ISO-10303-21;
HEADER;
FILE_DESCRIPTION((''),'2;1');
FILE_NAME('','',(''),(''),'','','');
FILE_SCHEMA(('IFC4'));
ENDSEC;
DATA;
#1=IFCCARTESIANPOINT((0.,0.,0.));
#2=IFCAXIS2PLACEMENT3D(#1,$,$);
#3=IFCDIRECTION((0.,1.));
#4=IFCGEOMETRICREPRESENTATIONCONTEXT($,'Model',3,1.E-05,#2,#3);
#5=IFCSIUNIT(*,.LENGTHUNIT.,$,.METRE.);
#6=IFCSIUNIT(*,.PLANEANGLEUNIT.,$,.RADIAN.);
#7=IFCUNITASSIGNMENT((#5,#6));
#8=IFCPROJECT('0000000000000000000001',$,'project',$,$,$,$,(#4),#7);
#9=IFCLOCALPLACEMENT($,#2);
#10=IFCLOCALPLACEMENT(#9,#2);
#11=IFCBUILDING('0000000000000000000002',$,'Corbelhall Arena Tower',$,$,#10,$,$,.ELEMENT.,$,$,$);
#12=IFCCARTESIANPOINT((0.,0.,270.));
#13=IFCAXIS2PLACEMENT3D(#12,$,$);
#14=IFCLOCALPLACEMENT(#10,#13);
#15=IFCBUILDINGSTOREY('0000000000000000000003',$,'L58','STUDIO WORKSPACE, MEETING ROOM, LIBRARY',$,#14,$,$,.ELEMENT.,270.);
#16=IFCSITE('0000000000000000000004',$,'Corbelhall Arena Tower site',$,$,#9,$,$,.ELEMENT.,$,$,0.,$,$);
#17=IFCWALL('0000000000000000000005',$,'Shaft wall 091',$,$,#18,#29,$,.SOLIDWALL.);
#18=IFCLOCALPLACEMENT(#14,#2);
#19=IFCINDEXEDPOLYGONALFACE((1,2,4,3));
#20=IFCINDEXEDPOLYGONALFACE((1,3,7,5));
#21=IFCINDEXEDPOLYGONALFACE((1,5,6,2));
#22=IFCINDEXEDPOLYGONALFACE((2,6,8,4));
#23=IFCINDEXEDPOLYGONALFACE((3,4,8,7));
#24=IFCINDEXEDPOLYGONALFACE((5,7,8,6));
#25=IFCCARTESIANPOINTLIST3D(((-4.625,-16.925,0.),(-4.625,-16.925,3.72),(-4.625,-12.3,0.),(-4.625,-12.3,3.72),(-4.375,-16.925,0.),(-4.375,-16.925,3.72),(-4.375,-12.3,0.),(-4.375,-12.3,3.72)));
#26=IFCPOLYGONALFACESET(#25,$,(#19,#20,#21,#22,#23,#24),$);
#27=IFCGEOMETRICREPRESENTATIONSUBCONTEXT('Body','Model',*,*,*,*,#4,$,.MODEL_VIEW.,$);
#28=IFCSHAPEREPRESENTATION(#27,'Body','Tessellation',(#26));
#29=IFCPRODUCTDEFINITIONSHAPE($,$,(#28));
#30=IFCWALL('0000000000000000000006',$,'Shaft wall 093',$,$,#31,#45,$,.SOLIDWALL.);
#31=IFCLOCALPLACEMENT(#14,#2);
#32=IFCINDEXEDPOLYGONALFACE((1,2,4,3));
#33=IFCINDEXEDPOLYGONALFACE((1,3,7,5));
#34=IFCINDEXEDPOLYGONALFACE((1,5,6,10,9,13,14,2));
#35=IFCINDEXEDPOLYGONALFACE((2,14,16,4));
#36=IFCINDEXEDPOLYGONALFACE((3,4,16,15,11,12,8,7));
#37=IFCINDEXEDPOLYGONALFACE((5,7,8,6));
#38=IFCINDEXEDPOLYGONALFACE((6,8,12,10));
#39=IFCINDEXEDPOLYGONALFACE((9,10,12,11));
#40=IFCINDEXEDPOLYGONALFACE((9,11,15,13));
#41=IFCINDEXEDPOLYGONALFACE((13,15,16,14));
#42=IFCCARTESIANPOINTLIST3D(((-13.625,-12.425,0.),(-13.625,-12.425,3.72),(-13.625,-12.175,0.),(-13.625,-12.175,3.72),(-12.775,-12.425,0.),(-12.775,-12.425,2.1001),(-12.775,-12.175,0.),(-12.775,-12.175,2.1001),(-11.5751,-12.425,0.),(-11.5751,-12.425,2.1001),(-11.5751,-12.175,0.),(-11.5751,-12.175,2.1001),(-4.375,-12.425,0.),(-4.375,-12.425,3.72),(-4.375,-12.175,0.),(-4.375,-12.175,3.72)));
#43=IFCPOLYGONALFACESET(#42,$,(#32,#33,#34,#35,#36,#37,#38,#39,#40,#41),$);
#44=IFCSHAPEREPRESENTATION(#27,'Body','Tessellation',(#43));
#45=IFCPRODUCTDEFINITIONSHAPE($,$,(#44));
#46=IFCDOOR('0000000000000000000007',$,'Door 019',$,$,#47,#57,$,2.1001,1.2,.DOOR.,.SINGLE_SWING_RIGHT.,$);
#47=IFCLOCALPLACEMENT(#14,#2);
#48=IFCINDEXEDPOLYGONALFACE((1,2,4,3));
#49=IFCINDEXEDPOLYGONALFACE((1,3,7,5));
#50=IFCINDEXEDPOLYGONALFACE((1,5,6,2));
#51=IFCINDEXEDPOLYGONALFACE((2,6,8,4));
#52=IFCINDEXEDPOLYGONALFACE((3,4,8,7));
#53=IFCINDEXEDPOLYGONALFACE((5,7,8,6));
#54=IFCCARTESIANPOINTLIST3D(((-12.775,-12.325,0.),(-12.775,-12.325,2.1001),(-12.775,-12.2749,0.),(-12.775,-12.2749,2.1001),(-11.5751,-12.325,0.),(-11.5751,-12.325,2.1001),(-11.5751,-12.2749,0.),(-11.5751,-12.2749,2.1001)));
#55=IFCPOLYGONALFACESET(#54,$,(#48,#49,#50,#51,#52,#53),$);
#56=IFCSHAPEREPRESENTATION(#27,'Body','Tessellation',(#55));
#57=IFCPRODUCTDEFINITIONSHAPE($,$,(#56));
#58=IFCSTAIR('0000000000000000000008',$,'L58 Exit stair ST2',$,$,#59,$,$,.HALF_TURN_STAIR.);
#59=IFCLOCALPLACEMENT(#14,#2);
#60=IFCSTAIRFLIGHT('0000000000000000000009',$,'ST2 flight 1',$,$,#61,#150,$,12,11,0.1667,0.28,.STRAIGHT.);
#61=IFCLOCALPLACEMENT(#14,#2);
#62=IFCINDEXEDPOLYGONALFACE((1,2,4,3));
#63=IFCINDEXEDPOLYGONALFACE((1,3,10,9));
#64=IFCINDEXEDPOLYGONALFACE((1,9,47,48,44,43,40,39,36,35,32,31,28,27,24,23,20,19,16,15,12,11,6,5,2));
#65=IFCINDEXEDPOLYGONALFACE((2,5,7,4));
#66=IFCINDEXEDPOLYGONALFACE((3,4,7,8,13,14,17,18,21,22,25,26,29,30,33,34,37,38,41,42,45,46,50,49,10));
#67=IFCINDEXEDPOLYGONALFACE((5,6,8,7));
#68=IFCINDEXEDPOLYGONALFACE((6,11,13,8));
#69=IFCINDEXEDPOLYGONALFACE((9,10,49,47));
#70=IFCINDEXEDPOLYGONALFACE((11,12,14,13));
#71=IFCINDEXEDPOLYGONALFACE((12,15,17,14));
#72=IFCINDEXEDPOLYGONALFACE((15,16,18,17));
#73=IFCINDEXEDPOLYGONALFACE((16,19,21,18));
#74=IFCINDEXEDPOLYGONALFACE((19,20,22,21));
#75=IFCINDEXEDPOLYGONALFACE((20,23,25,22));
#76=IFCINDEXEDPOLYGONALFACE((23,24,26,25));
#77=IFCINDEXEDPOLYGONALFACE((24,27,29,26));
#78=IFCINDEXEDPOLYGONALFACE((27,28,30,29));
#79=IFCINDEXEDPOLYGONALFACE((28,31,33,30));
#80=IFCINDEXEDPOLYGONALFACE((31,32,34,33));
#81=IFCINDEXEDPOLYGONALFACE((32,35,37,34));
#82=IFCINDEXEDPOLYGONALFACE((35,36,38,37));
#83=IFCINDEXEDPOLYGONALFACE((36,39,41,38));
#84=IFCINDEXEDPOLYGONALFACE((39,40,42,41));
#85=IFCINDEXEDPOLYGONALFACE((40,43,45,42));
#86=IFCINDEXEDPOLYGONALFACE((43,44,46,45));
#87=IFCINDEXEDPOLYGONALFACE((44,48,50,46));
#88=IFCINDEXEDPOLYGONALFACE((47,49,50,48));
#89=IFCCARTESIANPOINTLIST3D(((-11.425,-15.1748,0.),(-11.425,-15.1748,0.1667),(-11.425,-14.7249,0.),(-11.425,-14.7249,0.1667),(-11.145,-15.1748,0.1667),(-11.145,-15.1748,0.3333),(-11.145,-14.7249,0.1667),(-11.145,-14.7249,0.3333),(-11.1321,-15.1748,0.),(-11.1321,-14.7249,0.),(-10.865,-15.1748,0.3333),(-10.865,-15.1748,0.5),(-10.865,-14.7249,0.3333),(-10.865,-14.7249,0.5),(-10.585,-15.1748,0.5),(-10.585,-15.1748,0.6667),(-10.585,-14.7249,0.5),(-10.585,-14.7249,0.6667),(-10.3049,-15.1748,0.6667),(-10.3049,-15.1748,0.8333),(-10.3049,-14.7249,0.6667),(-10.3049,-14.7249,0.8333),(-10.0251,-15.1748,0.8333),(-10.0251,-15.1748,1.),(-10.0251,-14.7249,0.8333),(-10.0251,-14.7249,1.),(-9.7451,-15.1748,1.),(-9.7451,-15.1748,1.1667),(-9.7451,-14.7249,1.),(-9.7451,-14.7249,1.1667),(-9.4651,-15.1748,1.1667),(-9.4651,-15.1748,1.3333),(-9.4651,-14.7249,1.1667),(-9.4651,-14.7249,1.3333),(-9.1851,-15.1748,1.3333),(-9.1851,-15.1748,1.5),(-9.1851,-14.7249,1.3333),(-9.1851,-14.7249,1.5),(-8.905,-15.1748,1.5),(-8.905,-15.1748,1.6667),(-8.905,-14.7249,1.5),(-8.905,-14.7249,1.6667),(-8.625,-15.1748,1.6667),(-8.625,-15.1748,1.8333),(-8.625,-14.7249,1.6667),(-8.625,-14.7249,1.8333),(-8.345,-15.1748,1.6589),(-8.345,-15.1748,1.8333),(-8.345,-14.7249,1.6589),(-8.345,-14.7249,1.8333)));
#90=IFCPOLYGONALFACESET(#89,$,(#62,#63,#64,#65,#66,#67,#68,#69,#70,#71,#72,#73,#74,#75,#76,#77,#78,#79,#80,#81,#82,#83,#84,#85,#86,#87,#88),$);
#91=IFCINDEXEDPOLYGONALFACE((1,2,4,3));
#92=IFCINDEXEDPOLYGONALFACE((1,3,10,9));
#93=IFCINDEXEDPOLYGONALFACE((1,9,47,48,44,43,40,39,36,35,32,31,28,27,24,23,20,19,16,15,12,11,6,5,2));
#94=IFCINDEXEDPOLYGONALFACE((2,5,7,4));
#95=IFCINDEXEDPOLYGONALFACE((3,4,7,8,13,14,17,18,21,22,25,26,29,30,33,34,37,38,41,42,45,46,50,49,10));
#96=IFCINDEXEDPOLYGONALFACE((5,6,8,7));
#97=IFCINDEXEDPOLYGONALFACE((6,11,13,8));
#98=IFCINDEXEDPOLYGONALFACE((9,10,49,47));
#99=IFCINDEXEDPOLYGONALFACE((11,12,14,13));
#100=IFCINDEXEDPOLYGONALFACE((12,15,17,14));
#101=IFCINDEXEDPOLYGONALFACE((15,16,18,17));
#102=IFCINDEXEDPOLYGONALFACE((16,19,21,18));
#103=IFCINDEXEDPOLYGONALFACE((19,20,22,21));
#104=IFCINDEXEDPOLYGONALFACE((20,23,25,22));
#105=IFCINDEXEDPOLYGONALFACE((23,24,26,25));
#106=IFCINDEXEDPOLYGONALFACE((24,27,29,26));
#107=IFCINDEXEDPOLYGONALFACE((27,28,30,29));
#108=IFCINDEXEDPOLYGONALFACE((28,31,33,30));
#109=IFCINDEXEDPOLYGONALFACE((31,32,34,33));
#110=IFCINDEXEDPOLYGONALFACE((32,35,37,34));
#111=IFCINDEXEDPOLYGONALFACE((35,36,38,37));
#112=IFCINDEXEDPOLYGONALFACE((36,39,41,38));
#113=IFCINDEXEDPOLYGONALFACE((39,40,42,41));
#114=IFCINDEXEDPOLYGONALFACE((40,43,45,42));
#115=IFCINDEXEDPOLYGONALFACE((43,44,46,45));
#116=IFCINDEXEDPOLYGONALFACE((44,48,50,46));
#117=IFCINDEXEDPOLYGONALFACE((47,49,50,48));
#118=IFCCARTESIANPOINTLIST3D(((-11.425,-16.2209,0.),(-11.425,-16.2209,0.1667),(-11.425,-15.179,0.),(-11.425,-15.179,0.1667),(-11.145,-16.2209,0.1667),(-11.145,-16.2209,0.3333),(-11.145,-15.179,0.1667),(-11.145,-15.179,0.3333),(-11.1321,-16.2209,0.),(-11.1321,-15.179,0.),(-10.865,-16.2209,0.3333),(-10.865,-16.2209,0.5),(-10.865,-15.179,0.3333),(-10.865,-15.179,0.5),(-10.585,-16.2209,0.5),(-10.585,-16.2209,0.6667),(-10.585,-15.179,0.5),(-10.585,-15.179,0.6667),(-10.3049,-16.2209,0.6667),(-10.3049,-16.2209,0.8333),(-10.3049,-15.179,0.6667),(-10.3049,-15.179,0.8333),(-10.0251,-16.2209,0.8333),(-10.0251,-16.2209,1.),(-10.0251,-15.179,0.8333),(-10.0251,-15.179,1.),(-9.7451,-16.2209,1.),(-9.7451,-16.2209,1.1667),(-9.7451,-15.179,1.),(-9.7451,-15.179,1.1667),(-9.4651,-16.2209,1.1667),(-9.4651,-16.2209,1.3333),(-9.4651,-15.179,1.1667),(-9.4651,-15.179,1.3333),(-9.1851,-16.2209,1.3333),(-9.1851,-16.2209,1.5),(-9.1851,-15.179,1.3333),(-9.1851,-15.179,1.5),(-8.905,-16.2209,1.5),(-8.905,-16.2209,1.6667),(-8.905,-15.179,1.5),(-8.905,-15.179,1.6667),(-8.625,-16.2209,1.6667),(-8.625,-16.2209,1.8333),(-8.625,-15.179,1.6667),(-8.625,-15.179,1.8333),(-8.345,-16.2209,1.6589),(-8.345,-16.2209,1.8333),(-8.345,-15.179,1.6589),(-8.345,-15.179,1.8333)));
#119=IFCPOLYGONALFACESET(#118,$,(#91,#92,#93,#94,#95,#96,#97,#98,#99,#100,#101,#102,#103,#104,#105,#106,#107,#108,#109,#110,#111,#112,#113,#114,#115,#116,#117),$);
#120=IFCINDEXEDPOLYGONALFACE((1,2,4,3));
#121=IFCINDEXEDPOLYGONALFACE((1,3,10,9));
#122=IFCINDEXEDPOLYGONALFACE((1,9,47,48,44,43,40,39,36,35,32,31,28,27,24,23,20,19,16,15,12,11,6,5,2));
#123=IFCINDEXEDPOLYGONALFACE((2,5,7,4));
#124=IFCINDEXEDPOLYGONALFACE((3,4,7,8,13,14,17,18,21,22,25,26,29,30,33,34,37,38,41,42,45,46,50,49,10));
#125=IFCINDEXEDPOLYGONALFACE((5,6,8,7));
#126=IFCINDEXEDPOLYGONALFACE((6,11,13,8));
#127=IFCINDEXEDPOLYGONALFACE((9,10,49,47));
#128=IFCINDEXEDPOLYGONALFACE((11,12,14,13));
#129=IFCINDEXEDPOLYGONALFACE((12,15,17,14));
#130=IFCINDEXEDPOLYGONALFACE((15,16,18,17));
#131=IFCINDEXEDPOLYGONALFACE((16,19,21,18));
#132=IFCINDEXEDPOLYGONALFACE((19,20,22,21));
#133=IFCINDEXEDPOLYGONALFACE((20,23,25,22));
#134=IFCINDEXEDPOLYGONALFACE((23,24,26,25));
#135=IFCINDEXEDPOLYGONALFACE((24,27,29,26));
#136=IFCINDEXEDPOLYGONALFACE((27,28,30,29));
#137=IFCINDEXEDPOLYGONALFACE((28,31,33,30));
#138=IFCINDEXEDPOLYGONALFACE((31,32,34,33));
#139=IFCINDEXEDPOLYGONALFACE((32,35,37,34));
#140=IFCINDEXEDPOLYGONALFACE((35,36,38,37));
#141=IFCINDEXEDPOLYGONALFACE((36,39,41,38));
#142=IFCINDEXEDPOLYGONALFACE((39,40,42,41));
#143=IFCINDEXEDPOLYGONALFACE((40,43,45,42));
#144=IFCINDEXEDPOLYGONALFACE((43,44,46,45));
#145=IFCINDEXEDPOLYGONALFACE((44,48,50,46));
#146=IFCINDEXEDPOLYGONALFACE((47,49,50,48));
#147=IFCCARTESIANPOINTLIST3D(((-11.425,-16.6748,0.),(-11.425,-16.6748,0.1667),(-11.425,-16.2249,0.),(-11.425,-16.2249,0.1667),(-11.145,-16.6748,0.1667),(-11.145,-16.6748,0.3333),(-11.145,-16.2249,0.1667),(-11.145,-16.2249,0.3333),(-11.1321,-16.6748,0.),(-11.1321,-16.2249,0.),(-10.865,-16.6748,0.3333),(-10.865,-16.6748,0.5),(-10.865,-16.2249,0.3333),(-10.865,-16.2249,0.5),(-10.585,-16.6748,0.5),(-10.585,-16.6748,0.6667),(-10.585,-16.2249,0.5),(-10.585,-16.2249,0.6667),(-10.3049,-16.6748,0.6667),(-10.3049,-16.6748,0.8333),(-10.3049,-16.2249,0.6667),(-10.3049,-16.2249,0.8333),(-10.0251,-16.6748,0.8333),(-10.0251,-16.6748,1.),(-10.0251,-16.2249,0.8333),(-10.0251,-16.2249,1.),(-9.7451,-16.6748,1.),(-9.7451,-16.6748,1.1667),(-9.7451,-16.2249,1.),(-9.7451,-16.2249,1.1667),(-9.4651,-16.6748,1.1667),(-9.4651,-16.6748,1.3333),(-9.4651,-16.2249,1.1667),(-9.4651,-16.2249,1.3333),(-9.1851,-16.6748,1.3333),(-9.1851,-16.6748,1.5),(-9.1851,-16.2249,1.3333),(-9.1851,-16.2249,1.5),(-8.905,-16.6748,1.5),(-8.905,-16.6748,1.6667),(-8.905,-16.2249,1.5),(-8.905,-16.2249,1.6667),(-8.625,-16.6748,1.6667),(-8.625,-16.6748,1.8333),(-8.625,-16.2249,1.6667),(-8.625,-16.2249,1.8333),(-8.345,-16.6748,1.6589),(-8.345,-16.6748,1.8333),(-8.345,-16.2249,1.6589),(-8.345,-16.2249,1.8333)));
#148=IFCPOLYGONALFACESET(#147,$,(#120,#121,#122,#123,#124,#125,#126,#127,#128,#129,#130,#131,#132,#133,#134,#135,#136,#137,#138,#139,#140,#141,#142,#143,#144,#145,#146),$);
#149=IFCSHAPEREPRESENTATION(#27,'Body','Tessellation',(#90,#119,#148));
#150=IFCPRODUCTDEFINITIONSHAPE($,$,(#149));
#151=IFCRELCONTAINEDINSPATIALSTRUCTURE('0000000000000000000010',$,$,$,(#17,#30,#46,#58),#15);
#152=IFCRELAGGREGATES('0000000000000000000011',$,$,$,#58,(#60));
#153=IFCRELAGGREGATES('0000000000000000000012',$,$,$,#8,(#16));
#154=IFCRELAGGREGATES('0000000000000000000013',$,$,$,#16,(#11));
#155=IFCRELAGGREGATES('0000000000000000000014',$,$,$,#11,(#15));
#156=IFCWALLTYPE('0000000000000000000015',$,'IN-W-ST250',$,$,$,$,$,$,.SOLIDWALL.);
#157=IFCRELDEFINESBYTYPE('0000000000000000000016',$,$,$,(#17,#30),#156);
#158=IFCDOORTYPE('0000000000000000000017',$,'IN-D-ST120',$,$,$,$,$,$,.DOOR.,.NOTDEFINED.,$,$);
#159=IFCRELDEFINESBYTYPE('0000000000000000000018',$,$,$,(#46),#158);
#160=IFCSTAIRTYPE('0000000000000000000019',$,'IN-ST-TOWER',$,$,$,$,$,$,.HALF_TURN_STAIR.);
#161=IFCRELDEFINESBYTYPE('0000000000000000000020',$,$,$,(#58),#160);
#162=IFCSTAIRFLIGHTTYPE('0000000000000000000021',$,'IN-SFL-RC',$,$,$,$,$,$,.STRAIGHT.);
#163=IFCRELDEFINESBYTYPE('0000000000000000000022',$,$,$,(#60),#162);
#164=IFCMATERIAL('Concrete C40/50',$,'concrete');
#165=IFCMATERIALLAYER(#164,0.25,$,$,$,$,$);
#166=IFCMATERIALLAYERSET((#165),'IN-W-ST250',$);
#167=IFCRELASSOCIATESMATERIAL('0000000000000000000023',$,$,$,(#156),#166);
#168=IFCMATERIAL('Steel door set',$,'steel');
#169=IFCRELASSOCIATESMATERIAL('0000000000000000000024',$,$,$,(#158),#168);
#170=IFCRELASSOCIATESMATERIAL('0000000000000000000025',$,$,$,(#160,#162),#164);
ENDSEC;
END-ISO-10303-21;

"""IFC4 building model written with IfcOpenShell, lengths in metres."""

from ifc_helpers import new_model, si_unit, direction, frame, frame_2d, origin, place, context, subcontext, project, spatial, polyline, rectangle, outline, extrude, material, layer, layer_set, type_object, element, fill, aggregate, save


model = new_model("IFC4")

# Units and contexts
model_context = context("Model", 3, precision=1e-05, world=origin(), true_north=direction((0.0, 1.0)))
body_context = subcontext(model_context, "Body", "Model", "MODEL_VIEW")
ifc_project = project(units=[si_unit("LENGTHUNIT", "METRE"), si_unit("PLANEANGLEUNIT", "RADIAN")], contexts=[model_context])

# Site, building, storey
site_placement = place(None, origin())
site = spatial("IfcSite", under=ifc_project, at=site_placement, Name="Corbelhall Arena Tower site", CompositionType="ELEMENT", RefElevation=0.0)
building_placement = place(site_placement, origin())
building = spatial("IfcBuilding", under=site, at=building_placement, Name="Corbelhall Arena Tower", CompositionType="ELEMENT")
storey_placement = place(building_placement, frame((0.0, 0.0, 270.0)))
storey = spatial("IfcBuildingStorey", under=building, at=storey_placement, Name="L58", Description="STUDIO WORKSPACE, MEETING ROOM, LIBRARY", CompositionType="ELEMENT", Elevation=270.0)

# Wall
ifc_material_1 = material(Name="Concrete C40/50", Category="concrete")
ifc_layer_1 = layer(ifc_material_1, 0.25)
ifc_layer_set_1 = layer_set([ifc_layer_1], Name="IN-W-ST250")
wall_type_1 = type_object("IfcWallType", Name="IN-W-ST250", PredefinedType="SOLIDWALL", material=ifc_layer_set_1)
wall_1_placement = place(storey_placement, frame((-4.5, -12.3, 0.0), z_axis=(0.0, 0.0, 1.0), x_axis=(0.0, -1.0, 0.0)))
element("IfcWall", 1, at=wall_1_placement, inside=storey, type_object=wall_type_1, Name="Shaft wall 091", PredefinedType="SOLIDWALL", context=body_context, shape_type="SweptSolid", body=[
    extrude(rectangle(XDim=4.625, YDim=0.25, at=frame_2d((2.3125, 0.0))), origin(), (0.0, 0.0, 1.0), 3.72),
])

# Wall, opening, door
wall_2_placement = place(storey_placement, frame((-4.375, -12.3, 0.0), z_axis=(0.0, 0.0, 1.0), x_axis=(-1.0, 0.0, 0.0)))
wall_2 = element("IfcWall", 2, at=wall_2_placement, inside=storey, type_object=wall_type_1, Name="Shaft wall 093", PredefinedType="SOLIDWALL", context=body_context, shape_type="SweptSolid", body=[
    extrude(rectangle(XDim=9.25, YDim=0.25, at=frame_2d((4.625, 0.0))), origin(), (0.0, 0.0, 1.0), 3.72),
])
opening_1_placement = place(wall_2_placement, frame((7.2, 0.0, 0.0)))
opening_1 = element("IfcOpeningElement", 3, at=opening_1_placement, cuts=wall_2, PredefinedType="OPENING", context=body_context, shape_type="SweptSolid", body=[
    extrude(rectangle(XDim=1.2, YDim=2.1001, at=frame_2d((0.6001, 1.05))), frame((0.0, 0.125, 0.0), z_axis=(0.0, -1.0, 0.0), x_axis=(1.0, 0.0, 0.0)), (0.0, 0.0, 1.0), 0.25),
])
ifc_material_2 = material(Name="Steel door set", Category="steel")
door_type = type_object("IfcDoorType", Name="IN-D-ST120", OperationType="NOTDEFINED", PredefinedType="DOOR", material=ifc_material_2)
door_placement = place(opening_1_placement, origin())
door = element("IfcDoor", 4, at=door_placement, inside=storey, type_object=door_type, Name="Door 019", OperationType="SINGLE_SWING_RIGHT", OverallHeight=2.1001, OverallWidth=1.2, PredefinedType="DOOR", context=body_context, shape_type="SweptSolid", body=[
    extrude(rectangle(XDim=1.2, YDim=2.1001, at=frame_2d((0.6001, 1.05))), frame((0.0, 0.0249, 0.0), z_axis=(0.0, -1.0, 0.0), x_axis=(1.0, 0.0, 0.0)), (0.0, 0.0, 1.0), 0.05),
])
fill(opening_1, door)

# Stair, stair flight
stair_type = type_object("IfcStairType", Name="IN-ST-TOWER", PredefinedType="HALF_TURN_STAIR", material=ifc_material_1)
stair_placement = place(storey_placement, origin())
stair = element("IfcStair", 5, at=stair_placement, inside=storey, type_object=stair_type, Name="L58 Exit stair ST2", PredefinedType="HALF_TURN_STAIR")
stair_flight_type = type_object("IfcStairFlightType", Name="IN-SFL-RC", PredefinedType="STRAIGHT", material=ifc_material_1)
stair_flight_1_placement = place(storey_placement, frame((-11.425, -15.7, 0.0), z_axis=(0.0, 0.0, 1.0), x_axis=(1.0, 0.0, 0.0)))
stair_flight_1 = element("IfcStairFlight", 6, at=stair_flight_1_placement, type_object=stair_flight_type, Name="ST2 flight 1", NumberOfRisers=12, NumberOfTreads=11, PredefinedType="STRAIGHT", RiserHeight=0.1667, TreadLength=0.28, context=body_context, shape_type="SweptSolid", body=[
    extrude(outline(polyline([(0.0, 0.0), (0.0, 0.1667), (0.28, 0.1667), (0.28, 0.3333), (0.5601, 0.3333), (0.5601, 0.5), (0.8401, 0.5), (0.8401, 0.6667), (1.1201, 0.6667), (1.1201, 0.8333), (1.3999, 0.8333), (1.3999, 1.0), (1.6799, 1.0), (1.6799, 1.1667), (1.96, 1.1667), (1.96, 1.3333), (2.24, 1.3333), (2.24, 1.5), (2.52, 1.5), (2.52, 1.6667), (2.8, 1.6667), (2.8, 1.8333), (3.0801, 1.8333), (3.0801, 2.0), (3.0801, 1.6589), (0.293, 0.0), (0.0, 0.0)])), frame((0.0, 0.9751, 0.0), z_axis=(0.0, -1.0, 0.0), x_axis=(1.0, 0.0, 0.0)), (0.0, 0.0, 1.0), 0.45),
    extrude(outline(polyline([(0.0, 0.0), (0.0, 0.1667), (0.28, 0.1667), (0.28, 0.3333), (0.5601, 0.3333), (0.5601, 0.5), (0.8401, 0.5), (0.8401, 0.6667), (1.1201, 0.6667), (1.1201, 0.8333), (1.3999, 0.8333), (1.3999, 1.0), (1.6799, 1.0), (1.6799, 1.1667), (1.96, 1.1667), (1.96, 1.3333), (2.24, 1.3333), (2.24, 1.5), (2.52, 1.5), (2.52, 1.6667), (2.8, 1.6667), (2.8, 1.8333), (3.0801, 1.8333), (3.0801, 2.0), (3.0801, 1.6589), (0.293, 0.0), (0.0, 0.0)])), frame((0.0, 0.521, 0.0), z_axis=(0.0, -1.0, 0.0), x_axis=(1.0, 0.0, 0.0)), (0.0, 0.0, 1.0), 1.042),
    extrude(outline(polyline([(0.0, 0.0), (0.0, 0.1667), (0.28, 0.1667), (0.28, 0.3333), (0.5601, 0.3333), (0.5601, 0.5), (0.8401, 0.5), (0.8401, 0.6667), (1.1201, 0.6667), (1.1201, 0.8333), (1.3999, 0.8333), (1.3999, 1.0), (1.6799, 1.0), (1.6799, 1.1667), (1.96, 1.1667), (1.96, 1.3333), (2.24, 1.3333), (2.24, 1.5), (2.52, 1.5), (2.52, 1.6667), (2.8, 1.6667), (2.8, 1.8333), (3.0801, 1.8333), (3.0801, 2.0), (3.0801, 1.6589), (0.293, 0.0), (0.0, 0.0)])), frame((0.0, -0.5249, 0.0), z_axis=(0.0, -1.0, 0.0), x_axis=(1.0, 0.0, 0.0)), (0.0, 0.0, 1.0), 0.45),
])
aggregate(stair, [stair_flight_1])

save(model, "model.ifc")
